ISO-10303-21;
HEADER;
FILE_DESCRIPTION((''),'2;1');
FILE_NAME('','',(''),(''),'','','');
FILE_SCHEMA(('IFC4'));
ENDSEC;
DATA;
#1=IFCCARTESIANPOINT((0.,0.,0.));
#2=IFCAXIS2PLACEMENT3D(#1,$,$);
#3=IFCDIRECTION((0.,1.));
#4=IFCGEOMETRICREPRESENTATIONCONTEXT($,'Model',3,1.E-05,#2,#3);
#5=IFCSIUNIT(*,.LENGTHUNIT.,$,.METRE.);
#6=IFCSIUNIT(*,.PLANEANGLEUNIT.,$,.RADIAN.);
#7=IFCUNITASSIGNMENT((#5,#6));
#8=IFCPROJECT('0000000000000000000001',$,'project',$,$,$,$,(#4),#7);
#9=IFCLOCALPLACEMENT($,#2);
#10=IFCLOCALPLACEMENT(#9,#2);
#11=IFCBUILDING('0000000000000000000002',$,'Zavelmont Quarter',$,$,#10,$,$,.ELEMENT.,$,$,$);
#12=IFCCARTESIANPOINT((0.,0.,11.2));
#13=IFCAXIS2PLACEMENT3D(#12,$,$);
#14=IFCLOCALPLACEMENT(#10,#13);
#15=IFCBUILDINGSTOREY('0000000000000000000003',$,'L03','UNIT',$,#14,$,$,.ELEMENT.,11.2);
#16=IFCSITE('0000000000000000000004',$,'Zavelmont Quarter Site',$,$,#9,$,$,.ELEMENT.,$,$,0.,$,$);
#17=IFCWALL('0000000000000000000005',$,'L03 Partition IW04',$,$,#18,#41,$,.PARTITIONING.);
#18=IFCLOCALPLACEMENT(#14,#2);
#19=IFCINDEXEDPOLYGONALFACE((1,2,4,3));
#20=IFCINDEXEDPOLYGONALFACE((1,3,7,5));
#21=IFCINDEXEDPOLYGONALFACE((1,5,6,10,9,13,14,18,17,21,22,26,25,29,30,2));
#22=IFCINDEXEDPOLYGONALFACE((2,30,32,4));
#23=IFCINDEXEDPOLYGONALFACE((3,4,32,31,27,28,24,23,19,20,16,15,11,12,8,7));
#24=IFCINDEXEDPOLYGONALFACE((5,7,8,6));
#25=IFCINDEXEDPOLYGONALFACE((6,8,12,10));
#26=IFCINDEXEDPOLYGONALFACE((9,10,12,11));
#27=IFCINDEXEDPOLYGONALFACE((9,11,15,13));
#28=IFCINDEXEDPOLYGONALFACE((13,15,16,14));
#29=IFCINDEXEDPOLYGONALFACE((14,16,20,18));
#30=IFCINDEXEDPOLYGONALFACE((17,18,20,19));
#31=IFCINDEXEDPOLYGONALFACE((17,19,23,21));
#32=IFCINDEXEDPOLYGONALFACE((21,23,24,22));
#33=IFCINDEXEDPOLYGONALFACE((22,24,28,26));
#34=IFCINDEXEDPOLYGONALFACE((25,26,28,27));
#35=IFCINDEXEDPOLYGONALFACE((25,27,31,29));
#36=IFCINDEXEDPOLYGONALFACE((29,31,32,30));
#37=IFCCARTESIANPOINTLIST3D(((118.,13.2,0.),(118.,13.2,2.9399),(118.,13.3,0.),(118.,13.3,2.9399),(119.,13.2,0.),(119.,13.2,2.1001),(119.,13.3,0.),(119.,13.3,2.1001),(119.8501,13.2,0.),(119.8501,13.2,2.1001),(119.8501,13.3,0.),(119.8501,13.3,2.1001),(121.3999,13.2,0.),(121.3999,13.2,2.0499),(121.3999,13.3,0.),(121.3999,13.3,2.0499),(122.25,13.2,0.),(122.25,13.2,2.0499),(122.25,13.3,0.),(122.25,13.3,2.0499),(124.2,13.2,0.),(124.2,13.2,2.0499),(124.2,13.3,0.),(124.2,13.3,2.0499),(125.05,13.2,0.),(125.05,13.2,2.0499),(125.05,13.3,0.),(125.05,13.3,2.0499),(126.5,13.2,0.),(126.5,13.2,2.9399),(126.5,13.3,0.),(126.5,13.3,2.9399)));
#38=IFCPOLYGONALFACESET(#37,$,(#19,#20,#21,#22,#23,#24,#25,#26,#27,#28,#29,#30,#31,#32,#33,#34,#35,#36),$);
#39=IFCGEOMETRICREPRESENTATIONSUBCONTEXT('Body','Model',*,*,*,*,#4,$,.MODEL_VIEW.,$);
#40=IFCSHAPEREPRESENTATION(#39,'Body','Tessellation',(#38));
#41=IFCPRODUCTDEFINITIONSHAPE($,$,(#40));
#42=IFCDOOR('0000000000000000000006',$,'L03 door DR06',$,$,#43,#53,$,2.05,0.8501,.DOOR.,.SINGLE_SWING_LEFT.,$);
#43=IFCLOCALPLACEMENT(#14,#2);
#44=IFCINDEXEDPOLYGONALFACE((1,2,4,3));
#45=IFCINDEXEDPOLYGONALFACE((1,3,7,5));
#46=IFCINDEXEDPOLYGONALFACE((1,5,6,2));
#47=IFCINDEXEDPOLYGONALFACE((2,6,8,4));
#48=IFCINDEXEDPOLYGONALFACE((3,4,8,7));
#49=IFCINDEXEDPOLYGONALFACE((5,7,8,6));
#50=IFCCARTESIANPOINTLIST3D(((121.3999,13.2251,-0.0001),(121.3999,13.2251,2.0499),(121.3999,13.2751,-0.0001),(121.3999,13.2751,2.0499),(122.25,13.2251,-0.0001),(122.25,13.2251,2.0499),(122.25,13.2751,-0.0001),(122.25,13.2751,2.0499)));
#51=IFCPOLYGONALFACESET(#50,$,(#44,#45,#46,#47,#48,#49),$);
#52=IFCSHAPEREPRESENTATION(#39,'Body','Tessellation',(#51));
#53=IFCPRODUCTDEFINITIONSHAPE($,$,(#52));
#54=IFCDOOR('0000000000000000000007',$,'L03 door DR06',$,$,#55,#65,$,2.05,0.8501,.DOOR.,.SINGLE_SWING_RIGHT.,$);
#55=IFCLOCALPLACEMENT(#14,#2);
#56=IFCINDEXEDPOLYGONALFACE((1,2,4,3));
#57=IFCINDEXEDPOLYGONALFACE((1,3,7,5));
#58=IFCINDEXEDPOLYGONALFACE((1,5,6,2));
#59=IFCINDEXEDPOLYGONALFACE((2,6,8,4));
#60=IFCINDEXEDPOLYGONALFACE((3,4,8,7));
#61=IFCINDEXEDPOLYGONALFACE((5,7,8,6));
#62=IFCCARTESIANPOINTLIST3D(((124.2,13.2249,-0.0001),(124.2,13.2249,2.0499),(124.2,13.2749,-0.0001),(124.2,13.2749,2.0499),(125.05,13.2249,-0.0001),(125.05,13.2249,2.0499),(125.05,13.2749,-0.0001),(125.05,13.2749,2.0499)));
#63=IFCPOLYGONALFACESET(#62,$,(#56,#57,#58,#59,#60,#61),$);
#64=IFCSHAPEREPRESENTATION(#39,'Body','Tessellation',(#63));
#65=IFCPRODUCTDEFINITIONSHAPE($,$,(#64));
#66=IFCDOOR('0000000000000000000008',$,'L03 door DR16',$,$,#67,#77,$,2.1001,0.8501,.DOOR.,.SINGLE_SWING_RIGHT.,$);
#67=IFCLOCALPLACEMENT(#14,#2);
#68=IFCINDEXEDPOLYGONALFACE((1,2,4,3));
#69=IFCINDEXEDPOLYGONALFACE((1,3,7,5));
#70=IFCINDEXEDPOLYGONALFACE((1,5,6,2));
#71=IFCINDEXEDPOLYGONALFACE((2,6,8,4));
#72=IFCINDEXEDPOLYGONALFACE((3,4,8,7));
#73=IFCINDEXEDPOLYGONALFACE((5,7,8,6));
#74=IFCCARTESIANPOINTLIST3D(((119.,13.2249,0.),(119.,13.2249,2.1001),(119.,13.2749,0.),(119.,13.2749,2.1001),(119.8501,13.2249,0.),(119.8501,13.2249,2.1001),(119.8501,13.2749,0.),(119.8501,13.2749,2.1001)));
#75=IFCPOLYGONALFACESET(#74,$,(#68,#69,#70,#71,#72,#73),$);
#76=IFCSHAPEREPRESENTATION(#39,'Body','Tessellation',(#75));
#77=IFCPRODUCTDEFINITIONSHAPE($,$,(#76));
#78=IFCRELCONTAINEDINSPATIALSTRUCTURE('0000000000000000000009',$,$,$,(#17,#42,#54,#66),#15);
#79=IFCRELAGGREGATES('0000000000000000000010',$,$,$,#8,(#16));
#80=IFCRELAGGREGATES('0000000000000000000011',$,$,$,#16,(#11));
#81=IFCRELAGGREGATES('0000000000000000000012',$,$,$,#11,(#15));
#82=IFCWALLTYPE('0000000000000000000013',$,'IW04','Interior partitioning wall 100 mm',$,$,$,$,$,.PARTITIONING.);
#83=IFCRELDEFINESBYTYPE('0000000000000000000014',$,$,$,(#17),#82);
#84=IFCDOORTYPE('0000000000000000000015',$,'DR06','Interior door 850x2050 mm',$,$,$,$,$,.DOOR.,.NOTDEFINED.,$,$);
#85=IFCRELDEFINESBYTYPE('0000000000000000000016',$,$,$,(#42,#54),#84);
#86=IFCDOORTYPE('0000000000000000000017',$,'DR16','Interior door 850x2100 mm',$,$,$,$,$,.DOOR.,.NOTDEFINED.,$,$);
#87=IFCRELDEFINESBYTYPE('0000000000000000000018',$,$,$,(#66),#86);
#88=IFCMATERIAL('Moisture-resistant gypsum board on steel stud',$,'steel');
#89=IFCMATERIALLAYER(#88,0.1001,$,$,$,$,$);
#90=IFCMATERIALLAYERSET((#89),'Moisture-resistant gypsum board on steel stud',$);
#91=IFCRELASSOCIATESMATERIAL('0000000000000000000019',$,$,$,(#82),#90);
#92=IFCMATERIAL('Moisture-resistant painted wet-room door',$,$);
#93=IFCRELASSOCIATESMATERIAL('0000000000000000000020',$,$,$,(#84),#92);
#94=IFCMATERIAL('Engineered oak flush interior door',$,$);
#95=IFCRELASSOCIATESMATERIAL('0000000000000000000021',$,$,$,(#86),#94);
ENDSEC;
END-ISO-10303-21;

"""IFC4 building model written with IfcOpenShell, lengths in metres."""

from ifc_helpers import new_model, si_unit, direction, frame, frame_2d, origin, origin_with_axes, place, context, subcontext, project, spatial, rectangle, extrude, material, layer, layer_set, type_object, element, fill, save


model = new_model("IFC4")

# Units and contexts
model_context = context("Model", 3, precision=1e-05, world=origin(), true_north=direction((0.0, 1.0)))
body_context = subcontext(model_context, "Body", "Model", "MODEL_VIEW")
ifc_project = project(units=[si_unit("LENGTHUNIT", "METRE"), si_unit("PLANEANGLEUNIT", "RADIAN")], contexts=[model_context])

# Site, building, storey
site_placement = place(None, origin())
site = spatial("IfcSite", under=ifc_project, at=site_placement, Name="Zavelmont Quarter Site", CompositionType="ELEMENT", RefElevation=0.0)
building_placement = place(site_placement, origin())
building = spatial("IfcBuilding", under=site, at=building_placement, Name="Zavelmont Quarter", CompositionType="ELEMENT")
storey_placement = place(building_placement, frame((0.0, 0.0, 11.2)))
storey = spatial("IfcBuildingStorey", under=building, at=storey_placement, Name="L03", Description="UNIT", CompositionType="ELEMENT", Elevation=11.2)

# Shared definitions
ifc_material_1 = material(Name="Engineered oak flush interior door")

# Shared definitions
ifc_material_2 = material(Name="Moisture-resistant gypsum board on steel stud", Category="steel")
ifc_layer_1 = layer(ifc_material_2, 0.1001)
ifc_layer_set_1 = layer_set([ifc_layer_1], Name="Moisture-resistant gypsum board on steel stud")
wall_type_1 = type_object("IfcWallType", Name="IW04", Description="Interior partitioning wall 100 mm", PredefinedType="PARTITIONING", material=ifc_layer_set_1)

# Wall, openings, doors
wall_1_placement = place(storey_placement, frame((118.0, 13.25, 0.0), z_axis=(0.0, 0.0, 1.0), x_axis=(1.0, 0.0, 0.0)))
wall_1 = element("IfcWall", 1, at=wall_1_placement, inside=storey, type_object=wall_type_1, Name="L03 Partition IW04", PredefinedType="PARTITIONING", context=body_context, shape_type="SweptSolid", body=[
    extrude(rectangle(XDim=8.5, YDim=0.1001, at=frame_2d((4.25, 0.0))), origin(), (0.0, 0.0, 1.0), 2.9399),
])
opening_1_placement = place(wall_1_placement, frame((1.0, 0.0, 0.0)))
opening_1 = element("IfcOpeningElement", 2, at=opening_1_placement, cuts=wall_1, PredefinedType="OPENING", context=body_context, shape_type="SweptSolid", body=[
    extrude(rectangle(XDim=0.8501, YDim=2.1001, at=frame_2d((0.425, 1.05))), frame((0.0, 0.062, 0.0), z_axis=(0.0, -1.0, 0.0), x_axis=(1.0, 0.0, 0.0)), (0.0, 0.0, 1.0), 0.124),
])
opening_2_placement = place(wall_1_placement, frame((3.3999, 0.0, 0.0)))
opening_2 = element("IfcOpeningElement", 3, at=opening_2_placement, cuts=wall_1, PredefinedType="OPENING", context=body_context, shape_type="SweptSolid", body=[
    extrude(rectangle(XDim=0.8501, YDim=2.05, at=frame_2d((0.425, 1.0249))), frame((0.0, 0.062, 0.0), z_axis=(0.0, -1.0, 0.0), x_axis=(1.0, 0.0, 0.0)), (0.0, 0.0, 1.0), 0.124),
])
opening_3_placement = place(wall_1_placement, frame((6.2, 0.0, 0.0)))
opening_3 = element("IfcOpeningElement", 4, at=opening_3_placement, cuts=wall_1, PredefinedType="OPENING", context=body_context, shape_type="SweptSolid", body=[
    extrude(rectangle(XDim=0.8501, YDim=2.05, at=frame_2d((0.425, 1.0249))), frame((0.0, 0.062, 0.0), z_axis=(0.0, -1.0, 0.0), x_axis=(1.0, 0.0, 0.0)), (0.0, 0.0, 1.0), 0.124),
])
ifc_material_3 = material(Name="Moisture-resistant painted wet-room door")
door_type_1 = type_object("IfcDoorType", Name="DR06", Description="Interior door 850x2050 mm", OperationType="NOTDEFINED", PredefinedType="DOOR", material=ifc_material_3)
door_1_placement = place(opening_2_placement, frame((0.8501, 0.0, 0.0), z_axis=(0.0, 0.0, 1.0), x_axis=(-1.0, 0.0, 0.0)))
door_1 = element("IfcDoor", 5, at=door_1_placement, inside=storey, type_object=door_type_1, Name="L03 door DR06", OperationType="SINGLE_SWING_LEFT", OverallHeight=2.05, OverallWidth=0.8501, PredefinedType="DOOR", context=body_context, shape_type="SweptSolid", body=[
    extrude(rectangle(XDim=0.8501, YDim=2.05, at=frame_2d((0.425, 1.0249))), frame((0.0, 0.0249, 0.0), z_axis=(0.0, -1.0, 0.0), x_axis=(1.0, 0.0, 0.0)), (0.0, 0.0, 1.0), 0.05),
])
fill(opening_2, door_1)
door_2_placement = place(opening_3_placement, origin_with_axes())
door_2 = element("IfcDoor", 6, at=door_2_placement, inside=storey, type_object=door_type_1, Name="L03 door DR06", OperationType="SINGLE_SWING_RIGHT", OverallHeight=2.05, OverallWidth=0.8501, PredefinedType="DOOR", context=body_context, shape_type="SweptSolid", body=[
    extrude(rectangle(XDim=0.8501, YDim=2.05, at=frame_2d((0.425, 1.0249))), frame((0.0, 0.0249, 0.0), z_axis=(0.0, -1.0, 0.0), x_axis=(1.0, 0.0, 0.0)), (0.0, 0.0, 1.0), 0.05),
])
fill(opening_3, door_2)
door_type_2 = type_object("IfcDoorType", Name="DR16", Description="Interior door 850x2100 mm", OperationType="NOTDEFINED", PredefinedType="DOOR", material=ifc_material_1)
door_3_placement = place(opening_1_placement, origin_with_axes())
door_3 = element("IfcDoor", 7, at=door_3_placement, inside=storey, type_object=door_type_2, Name="L03 door DR16", OperationType="SINGLE_SWING_RIGHT", OverallHeight=2.1001, OverallWidth=0.8501, PredefinedType="DOOR", context=body_context, shape_type="SweptSolid", body=[
    extrude(rectangle(XDim=0.8501, YDim=2.1001, at=frame_2d((0.425, 1.05))), frame((0.0, 0.0249, 0.0), z_axis=(0.0, -1.0, 0.0), x_axis=(1.0, 0.0, 0.0)), (0.0, 0.0, 1.0), 0.05),
])
fill(opening_1, door_3)

save(model, "model.ifc")
